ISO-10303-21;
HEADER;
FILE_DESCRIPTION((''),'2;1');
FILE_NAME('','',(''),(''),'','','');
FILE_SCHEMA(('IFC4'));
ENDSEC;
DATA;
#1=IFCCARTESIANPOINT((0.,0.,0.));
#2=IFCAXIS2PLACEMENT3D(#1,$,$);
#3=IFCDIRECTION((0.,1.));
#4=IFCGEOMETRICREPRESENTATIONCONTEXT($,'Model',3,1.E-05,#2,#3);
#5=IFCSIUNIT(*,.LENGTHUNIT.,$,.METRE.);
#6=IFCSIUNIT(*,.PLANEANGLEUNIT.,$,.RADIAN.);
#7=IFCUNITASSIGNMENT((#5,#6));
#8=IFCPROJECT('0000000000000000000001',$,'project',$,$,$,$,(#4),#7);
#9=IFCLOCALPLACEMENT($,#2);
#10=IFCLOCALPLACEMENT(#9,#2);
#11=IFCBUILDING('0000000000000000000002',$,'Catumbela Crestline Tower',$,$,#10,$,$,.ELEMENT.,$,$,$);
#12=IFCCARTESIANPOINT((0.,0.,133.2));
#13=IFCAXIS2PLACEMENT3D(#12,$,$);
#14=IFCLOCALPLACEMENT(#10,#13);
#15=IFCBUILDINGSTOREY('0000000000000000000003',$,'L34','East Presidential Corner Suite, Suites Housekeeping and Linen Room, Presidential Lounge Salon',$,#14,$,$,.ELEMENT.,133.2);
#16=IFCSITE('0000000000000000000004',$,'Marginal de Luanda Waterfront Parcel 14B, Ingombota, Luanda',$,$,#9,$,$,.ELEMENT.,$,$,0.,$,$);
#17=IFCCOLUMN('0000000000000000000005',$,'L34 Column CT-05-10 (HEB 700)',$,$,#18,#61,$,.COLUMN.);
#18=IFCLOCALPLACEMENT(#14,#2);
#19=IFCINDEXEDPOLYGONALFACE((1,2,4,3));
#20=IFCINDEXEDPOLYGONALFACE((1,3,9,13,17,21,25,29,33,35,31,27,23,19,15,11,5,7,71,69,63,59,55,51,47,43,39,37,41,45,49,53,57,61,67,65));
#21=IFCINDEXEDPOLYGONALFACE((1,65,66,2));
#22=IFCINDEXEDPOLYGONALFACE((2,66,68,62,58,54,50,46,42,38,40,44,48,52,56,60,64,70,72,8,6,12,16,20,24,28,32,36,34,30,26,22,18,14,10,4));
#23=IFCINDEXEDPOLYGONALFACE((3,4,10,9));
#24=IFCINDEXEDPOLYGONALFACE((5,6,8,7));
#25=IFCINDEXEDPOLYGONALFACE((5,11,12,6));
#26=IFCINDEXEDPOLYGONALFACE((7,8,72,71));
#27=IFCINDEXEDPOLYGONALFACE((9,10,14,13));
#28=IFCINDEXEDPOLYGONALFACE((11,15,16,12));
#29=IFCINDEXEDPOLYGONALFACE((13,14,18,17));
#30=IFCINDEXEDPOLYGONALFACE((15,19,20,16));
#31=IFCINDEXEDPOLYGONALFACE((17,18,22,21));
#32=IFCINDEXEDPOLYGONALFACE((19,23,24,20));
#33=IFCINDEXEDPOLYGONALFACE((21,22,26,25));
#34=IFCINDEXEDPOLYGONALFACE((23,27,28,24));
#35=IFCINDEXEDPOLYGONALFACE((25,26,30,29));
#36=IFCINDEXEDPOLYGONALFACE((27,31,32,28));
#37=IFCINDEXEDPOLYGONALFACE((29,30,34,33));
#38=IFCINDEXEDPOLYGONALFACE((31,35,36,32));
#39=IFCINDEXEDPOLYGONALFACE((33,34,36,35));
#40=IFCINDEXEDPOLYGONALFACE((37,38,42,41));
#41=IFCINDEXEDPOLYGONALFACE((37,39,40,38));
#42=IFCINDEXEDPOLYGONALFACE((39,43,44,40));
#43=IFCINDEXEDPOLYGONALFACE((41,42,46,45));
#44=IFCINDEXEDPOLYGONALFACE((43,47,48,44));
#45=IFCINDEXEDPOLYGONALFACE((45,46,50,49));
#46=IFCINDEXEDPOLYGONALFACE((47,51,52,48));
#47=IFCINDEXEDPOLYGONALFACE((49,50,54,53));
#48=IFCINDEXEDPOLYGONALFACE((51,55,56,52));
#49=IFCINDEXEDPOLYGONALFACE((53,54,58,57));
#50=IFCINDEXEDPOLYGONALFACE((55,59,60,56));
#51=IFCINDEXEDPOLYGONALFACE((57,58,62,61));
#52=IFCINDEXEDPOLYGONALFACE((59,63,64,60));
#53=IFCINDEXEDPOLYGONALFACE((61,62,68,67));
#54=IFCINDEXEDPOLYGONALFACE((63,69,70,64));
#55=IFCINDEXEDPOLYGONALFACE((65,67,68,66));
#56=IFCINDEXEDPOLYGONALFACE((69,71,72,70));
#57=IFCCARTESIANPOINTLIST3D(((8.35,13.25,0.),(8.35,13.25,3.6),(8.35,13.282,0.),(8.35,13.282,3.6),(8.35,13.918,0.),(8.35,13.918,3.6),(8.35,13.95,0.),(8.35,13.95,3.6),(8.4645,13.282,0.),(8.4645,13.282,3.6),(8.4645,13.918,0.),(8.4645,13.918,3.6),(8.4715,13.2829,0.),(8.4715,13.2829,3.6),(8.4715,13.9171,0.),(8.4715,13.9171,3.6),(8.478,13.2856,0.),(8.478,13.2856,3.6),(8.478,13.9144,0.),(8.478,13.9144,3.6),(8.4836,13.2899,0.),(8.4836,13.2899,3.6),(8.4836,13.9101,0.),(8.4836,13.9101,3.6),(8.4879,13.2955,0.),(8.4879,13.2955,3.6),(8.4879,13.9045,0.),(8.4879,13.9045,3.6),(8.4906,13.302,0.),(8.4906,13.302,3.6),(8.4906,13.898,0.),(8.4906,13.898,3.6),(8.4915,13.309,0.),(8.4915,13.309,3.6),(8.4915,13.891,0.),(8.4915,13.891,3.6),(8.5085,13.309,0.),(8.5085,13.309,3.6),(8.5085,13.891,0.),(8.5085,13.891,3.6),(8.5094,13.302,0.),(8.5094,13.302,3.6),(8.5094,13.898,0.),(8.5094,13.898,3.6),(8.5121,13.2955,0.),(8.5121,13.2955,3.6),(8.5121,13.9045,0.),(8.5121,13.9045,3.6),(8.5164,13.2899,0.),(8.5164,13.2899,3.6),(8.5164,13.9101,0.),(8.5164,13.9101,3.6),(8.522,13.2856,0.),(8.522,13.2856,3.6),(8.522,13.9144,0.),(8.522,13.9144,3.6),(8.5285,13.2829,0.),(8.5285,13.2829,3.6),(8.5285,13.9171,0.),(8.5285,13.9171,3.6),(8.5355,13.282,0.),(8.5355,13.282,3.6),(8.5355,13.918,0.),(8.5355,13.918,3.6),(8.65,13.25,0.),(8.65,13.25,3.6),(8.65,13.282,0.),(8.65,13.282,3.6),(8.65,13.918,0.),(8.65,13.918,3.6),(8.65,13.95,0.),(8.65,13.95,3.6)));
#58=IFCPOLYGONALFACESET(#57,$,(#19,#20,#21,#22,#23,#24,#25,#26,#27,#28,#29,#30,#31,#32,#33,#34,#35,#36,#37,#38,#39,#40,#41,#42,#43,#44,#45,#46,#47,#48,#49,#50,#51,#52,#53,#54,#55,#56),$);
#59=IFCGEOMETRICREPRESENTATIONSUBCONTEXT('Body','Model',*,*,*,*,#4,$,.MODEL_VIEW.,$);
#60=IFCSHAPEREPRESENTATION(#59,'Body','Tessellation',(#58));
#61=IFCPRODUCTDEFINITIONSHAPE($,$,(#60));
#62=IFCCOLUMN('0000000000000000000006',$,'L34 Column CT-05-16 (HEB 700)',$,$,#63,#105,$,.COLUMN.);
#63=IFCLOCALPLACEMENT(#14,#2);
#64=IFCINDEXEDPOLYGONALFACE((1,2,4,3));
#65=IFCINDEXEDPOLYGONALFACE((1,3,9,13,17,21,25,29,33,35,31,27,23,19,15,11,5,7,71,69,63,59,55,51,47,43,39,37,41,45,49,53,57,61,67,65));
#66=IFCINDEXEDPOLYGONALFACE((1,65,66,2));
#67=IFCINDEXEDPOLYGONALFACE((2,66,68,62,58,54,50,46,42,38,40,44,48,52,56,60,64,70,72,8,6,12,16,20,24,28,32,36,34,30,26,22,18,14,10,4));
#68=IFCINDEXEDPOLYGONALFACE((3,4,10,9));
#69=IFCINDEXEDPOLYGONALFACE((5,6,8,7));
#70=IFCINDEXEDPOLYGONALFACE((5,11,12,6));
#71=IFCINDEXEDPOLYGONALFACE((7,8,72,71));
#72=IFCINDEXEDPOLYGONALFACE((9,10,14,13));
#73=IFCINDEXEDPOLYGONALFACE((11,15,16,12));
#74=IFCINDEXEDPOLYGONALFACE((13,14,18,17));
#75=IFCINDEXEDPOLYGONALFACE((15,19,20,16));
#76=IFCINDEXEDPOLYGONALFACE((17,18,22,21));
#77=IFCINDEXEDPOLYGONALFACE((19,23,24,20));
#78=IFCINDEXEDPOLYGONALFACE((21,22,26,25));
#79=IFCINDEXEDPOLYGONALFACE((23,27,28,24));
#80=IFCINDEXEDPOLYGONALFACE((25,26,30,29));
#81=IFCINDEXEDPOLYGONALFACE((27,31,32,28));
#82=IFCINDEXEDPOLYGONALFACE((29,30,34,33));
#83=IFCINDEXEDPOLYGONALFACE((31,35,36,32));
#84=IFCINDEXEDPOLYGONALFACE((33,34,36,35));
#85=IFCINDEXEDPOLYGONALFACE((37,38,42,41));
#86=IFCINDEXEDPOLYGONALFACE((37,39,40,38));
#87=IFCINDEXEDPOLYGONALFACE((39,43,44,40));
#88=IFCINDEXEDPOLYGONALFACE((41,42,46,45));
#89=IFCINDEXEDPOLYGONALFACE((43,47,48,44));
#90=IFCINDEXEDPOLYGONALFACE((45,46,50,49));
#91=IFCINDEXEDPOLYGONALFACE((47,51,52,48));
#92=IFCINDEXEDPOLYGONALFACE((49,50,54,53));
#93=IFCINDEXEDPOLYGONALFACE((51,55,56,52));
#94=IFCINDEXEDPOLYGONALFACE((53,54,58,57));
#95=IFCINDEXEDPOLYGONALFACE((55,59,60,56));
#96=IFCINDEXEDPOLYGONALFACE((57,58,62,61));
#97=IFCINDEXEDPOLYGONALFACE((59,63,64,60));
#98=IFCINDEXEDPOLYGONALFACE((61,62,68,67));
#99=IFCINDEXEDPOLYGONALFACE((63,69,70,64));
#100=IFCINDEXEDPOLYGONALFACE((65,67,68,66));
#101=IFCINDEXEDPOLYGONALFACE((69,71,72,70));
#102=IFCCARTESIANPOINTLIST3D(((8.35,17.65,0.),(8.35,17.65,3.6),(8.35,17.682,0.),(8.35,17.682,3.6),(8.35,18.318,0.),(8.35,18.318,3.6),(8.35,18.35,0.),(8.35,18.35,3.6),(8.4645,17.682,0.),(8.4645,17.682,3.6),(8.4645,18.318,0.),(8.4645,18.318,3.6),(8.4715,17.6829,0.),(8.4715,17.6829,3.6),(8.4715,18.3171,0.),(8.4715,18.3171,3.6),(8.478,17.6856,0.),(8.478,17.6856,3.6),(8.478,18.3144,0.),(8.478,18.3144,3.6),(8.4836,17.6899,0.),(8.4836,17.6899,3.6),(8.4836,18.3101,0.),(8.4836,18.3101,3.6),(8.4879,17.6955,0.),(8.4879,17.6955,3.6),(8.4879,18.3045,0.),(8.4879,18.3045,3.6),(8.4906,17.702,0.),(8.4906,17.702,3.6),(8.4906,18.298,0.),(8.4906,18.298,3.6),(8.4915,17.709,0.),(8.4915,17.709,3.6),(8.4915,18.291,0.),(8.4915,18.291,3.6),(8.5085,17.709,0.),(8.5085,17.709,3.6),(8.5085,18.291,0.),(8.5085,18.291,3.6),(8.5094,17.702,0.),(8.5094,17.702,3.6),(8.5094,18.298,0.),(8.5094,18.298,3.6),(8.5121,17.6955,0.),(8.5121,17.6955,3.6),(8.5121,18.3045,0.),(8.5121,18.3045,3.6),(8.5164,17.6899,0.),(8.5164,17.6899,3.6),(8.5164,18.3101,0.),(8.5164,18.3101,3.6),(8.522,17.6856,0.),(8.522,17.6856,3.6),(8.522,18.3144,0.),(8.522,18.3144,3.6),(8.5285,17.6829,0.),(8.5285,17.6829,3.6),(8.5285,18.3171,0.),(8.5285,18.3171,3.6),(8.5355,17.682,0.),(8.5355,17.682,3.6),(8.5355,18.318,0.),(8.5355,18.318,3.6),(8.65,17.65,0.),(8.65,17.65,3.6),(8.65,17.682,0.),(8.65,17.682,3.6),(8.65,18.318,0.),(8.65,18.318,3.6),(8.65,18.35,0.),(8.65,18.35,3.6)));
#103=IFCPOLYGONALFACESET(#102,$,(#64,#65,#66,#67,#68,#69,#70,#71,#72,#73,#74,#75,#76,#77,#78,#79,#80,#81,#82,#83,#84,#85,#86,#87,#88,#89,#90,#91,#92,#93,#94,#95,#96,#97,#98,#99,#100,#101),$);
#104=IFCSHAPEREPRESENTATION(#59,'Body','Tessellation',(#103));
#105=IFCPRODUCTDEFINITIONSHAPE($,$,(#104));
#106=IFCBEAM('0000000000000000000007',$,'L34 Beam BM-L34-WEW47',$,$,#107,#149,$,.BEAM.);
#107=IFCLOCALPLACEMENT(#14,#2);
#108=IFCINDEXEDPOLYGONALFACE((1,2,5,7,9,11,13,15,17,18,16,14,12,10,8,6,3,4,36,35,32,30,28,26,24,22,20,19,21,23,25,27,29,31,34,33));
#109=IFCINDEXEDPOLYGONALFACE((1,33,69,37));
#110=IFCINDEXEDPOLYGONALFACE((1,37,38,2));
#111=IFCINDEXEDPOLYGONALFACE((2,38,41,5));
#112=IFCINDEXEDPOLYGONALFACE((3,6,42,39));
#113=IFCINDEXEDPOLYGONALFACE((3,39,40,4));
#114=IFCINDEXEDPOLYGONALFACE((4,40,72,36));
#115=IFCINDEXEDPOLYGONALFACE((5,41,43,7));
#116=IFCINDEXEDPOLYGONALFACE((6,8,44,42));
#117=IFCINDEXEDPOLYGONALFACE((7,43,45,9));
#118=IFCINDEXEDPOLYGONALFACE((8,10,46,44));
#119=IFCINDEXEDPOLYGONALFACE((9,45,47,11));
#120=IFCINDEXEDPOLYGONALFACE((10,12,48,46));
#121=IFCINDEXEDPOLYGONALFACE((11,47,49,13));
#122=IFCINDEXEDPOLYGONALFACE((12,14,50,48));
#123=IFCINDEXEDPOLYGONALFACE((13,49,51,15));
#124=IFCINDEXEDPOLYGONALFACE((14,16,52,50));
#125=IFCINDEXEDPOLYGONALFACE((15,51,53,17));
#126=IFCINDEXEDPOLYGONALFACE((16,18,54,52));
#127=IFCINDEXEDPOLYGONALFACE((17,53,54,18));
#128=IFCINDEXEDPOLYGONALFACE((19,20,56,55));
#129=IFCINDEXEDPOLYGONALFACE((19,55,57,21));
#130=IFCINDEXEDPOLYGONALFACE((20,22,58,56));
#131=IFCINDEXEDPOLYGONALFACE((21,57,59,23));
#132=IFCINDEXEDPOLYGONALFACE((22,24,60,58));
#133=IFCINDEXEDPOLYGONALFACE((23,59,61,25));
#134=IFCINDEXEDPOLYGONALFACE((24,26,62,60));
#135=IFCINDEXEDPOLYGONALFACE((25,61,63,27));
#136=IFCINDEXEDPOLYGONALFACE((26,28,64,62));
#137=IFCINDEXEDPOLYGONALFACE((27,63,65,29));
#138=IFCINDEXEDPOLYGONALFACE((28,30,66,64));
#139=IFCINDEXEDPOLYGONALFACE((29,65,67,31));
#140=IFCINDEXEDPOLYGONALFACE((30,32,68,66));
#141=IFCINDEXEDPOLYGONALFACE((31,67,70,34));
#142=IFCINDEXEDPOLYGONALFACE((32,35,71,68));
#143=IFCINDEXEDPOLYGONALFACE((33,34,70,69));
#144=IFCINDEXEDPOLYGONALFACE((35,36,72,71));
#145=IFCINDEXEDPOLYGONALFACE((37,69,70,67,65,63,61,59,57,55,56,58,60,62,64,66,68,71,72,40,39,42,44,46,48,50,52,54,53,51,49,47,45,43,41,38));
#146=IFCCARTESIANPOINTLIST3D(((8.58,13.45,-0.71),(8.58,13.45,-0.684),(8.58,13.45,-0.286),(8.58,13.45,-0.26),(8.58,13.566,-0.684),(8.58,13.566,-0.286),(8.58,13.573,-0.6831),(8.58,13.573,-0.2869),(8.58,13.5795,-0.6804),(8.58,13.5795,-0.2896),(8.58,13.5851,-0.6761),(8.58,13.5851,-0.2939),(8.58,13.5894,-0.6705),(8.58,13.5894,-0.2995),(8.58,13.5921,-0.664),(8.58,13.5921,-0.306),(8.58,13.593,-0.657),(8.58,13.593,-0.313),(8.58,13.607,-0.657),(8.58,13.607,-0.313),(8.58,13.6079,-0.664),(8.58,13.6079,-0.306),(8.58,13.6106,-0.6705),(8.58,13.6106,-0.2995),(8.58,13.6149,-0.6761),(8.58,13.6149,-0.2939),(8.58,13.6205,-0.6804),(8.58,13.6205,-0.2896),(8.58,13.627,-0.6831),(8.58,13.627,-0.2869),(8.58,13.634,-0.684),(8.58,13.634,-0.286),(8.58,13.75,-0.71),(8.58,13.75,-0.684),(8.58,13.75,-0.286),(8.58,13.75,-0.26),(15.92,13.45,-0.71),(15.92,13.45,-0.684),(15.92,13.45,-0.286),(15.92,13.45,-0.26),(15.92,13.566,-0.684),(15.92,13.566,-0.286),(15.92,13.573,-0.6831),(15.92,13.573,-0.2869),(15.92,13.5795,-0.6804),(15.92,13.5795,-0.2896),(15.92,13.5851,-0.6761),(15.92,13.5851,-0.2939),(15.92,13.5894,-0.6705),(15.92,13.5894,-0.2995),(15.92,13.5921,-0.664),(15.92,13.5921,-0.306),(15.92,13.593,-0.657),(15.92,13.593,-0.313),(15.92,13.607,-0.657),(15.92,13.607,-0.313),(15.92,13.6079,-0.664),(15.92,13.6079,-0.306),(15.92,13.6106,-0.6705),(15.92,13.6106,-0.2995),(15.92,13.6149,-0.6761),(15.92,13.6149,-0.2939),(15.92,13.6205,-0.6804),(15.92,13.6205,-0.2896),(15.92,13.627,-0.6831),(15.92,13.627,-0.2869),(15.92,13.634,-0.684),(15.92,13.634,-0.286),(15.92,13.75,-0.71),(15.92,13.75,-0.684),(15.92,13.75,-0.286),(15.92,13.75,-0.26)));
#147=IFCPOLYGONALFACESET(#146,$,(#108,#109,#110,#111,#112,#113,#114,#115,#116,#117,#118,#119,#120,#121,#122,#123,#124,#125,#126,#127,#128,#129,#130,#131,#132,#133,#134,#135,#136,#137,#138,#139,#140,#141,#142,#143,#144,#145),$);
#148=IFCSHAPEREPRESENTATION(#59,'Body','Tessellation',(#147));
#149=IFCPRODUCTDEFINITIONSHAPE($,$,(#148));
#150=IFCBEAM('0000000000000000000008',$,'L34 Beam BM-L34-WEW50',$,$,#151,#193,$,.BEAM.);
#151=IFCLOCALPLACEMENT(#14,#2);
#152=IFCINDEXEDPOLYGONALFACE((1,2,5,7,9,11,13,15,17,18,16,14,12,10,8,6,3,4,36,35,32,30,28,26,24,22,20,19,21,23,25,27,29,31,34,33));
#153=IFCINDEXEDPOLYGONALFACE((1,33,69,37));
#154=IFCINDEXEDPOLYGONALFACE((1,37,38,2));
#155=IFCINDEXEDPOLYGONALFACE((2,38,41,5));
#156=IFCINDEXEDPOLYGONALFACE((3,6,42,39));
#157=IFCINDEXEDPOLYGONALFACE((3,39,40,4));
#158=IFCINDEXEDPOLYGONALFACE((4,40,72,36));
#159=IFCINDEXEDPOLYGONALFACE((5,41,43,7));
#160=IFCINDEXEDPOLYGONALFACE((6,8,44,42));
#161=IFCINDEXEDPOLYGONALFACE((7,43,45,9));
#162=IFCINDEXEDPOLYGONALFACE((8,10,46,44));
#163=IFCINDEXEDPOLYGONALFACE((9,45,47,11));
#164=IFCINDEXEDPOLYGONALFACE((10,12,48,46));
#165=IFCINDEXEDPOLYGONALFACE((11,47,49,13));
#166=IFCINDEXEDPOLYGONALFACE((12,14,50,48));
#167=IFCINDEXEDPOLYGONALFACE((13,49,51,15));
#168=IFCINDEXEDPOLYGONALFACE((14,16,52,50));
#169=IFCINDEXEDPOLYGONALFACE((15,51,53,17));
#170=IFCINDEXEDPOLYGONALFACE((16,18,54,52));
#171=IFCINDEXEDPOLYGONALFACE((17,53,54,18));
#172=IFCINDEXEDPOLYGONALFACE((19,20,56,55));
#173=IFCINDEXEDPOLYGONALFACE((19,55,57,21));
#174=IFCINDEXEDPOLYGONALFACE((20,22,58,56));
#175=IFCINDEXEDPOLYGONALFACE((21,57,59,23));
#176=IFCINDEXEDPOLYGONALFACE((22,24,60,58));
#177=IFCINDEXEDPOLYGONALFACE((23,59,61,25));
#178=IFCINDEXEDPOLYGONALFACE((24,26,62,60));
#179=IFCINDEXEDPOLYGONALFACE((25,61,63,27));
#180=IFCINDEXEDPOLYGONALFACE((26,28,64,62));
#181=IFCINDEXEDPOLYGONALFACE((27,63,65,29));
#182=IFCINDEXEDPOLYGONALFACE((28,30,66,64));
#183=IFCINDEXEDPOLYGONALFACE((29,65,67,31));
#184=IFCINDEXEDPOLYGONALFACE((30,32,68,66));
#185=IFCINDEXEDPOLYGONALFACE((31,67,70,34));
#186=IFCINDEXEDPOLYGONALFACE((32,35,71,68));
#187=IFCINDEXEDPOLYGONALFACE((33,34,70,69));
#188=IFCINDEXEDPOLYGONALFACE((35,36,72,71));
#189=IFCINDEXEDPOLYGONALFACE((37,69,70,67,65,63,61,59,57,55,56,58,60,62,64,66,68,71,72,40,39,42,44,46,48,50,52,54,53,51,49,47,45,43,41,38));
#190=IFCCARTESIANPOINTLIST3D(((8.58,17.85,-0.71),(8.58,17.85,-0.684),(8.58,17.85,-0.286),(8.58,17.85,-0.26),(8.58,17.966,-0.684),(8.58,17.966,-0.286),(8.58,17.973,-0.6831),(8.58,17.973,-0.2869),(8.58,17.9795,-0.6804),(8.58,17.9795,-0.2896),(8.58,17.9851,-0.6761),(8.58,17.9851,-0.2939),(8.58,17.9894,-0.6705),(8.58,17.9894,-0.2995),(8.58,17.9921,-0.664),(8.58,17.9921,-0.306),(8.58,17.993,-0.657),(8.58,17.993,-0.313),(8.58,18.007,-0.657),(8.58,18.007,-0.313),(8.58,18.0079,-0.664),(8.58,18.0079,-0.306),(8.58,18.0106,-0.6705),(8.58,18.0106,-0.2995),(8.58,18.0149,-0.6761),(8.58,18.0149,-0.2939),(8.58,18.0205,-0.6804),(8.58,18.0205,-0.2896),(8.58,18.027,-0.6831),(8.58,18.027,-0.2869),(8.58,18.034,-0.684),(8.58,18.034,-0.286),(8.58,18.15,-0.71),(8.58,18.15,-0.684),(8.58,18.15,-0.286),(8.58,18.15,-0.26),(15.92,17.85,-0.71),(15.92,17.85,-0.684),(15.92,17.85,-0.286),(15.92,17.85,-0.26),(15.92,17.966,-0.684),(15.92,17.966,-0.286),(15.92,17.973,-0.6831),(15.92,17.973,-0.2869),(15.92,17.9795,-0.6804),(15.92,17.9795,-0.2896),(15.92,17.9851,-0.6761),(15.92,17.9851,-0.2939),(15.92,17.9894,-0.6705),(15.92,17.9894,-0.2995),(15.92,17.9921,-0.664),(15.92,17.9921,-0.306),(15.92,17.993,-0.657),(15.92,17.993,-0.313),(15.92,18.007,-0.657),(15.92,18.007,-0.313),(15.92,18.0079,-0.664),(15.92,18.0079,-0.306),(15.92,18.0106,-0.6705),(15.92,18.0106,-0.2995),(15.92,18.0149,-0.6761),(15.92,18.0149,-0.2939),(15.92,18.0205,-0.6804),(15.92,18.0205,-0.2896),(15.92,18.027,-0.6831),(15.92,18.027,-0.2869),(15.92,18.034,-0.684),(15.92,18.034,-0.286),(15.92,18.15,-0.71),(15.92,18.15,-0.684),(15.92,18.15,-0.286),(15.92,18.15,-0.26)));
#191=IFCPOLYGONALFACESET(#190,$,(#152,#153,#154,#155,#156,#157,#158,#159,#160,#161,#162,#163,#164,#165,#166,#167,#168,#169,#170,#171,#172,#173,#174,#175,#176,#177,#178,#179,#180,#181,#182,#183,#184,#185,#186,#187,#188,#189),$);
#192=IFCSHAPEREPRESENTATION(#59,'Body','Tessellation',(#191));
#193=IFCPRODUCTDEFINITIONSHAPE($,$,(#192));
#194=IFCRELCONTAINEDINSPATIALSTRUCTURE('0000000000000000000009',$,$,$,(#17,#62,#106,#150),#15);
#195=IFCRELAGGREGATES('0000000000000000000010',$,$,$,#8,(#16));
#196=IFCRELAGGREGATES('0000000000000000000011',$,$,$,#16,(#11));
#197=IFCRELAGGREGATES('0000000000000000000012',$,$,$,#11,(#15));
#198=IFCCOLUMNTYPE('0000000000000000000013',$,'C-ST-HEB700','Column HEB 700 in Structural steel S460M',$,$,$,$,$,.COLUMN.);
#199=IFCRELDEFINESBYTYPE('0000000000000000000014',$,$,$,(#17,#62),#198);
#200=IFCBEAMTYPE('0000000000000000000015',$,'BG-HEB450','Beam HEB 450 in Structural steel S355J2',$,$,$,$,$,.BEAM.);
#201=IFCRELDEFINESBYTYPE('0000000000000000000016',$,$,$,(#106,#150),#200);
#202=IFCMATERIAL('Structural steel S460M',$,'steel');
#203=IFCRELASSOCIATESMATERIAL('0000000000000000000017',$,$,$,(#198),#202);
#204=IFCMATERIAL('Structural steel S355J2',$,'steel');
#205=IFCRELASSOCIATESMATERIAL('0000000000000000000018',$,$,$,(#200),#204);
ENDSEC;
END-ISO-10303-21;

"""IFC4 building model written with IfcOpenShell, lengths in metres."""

from ifc_helpers import new_model, si_unit, direction, frame, origin, origin_2d, place, context, subcontext, project, spatial, i_section, extrude, material, material_profile, profile_set, type_object, element, save


model = new_model("IFC4")

# Units and contexts
model_context = context("Model", 3, precision=1e-05, world=origin(), true_north=direction((0.0, 1.0)))
body_context = subcontext(model_context, "Body", "Model", "MODEL_VIEW")
ifc_project = project(units=[si_unit("LENGTHUNIT", "METRE"), si_unit("PLANEANGLEUNIT", "RADIAN")], contexts=[model_context])

# Site, building, storey
site_placement = place(None, origin())
site = spatial("IfcSite", under=ifc_project, at=site_placement, Name="Marginal de Luanda Waterfront Parcel 14B, Ingombota, Luanda", CompositionType="ELEMENT", RefElevation=0.0)
building_placement = place(site_placement, origin())
building = spatial("IfcBuilding", under=site, at=building_placement, Name="Catumbela Crestline Tower", CompositionType="ELEMENT")
storey_placement = place(building_placement, frame((0.0, 0.0, 133.2)))
storey = spatial("IfcBuildingStorey", under=building, at=storey_placement, Name="L34", Description="East Presidential Corner Suite, Suites Housekeeping and Linen Room, Presidential Lounge Salon", CompositionType="ELEMENT", Elevation=133.2)

# Columns
ifc_material_1 = material(Name="Structural steel S460M", Category="steel")
ifc_material_profile_1 = material_profile(ifc_material_1, i_section(OverallWidth=0.3, OverallDepth=0.7, WebThickness=0.017, FlangeThickness=0.032, FilletRadius=0.027, at=origin_2d()), Name="HEB 700")
ifc_profile_set_1 = profile_set([ifc_material_profile_1], Name="Structural steel S460M")
column_type = type_object("IfcColumnType", Name="C-ST-HEB700", Description="Column HEB 700 in Structural steel S460M", PredefinedType="COLUMN", material=ifc_profile_set_1)
for number, where, z_axis, x_axis, name in (
    (1, (8.5, 13.6, 0.0), (0.0, 0.0, 1.0), (1.0, 0.0, 0.0), "L34 Column CT-05-10 (HEB 700)"),
    (2, (8.5, 18.0, 0.0), (0.0, 0.0, 1.0), (1.0, 0.0, 0.0), "L34 Column CT-05-16 (HEB 700)"),
):
    element("IfcColumn", number, at=place(storey_placement, frame(where, z_axis=z_axis, x_axis=x_axis)), inside=storey, type_object=column_type, Name=name, PredefinedType="COLUMN", context=body_context, shape_type="SweptSolid", body=[
        extrude(i_section(OverallWidth=0.3, OverallDepth=0.7, WebThickness=0.017, FlangeThickness=0.032, FilletRadius=0.027, at=origin_2d()), origin(), (0.0, 0.0, 1.0), 3.6),
    ])

# Beams
ifc_material_2 = material(Name="Structural steel S355J2", Category="steel")
ifc_material_profile_2 = material_profile(ifc_material_2, i_section(OverallWidth=0.3, OverallDepth=0.45, WebThickness=0.014, FlangeThickness=0.026, FilletRadius=0.027, at=origin_2d()), Name="HEB 450")
ifc_profile_set_2 = profile_set([ifc_material_profile_2], Name="Structural steel S355J2")
beam_type_1 = type_object("IfcBeamType", Name="BG-HEB450", Description="Beam HEB 450 in Structural steel S355J2", PredefinedType="BEAM", material=ifc_profile_set_2)
for number, where, z_axis, x_axis, name in (
    (3, (8.58, 13.6, -0.485), (1.0, 0.0, 0.0), (0.0, 1.0, 0.0), "L34 Beam BM-L34-WEW47"),
    (4, (8.58, 18.0, -0.485), (1.0, 0.0, 0.0), (0.0, 1.0, 0.0), "L34 Beam BM-L34-WEW50"),
):
    element("IfcBeam", number, at=place(storey_placement, frame(where, z_axis=z_axis, x_axis=x_axis)), inside=storey, type_object=beam_type_1, Name=name, PredefinedType="BEAM", context=body_context, shape_type="SweptSolid", body=[
        extrude(i_section(OverallWidth=0.3, OverallDepth=0.45, WebThickness=0.014, FlangeThickness=0.026, FilletRadius=0.027, at=origin_2d()), origin(), (0.0, 0.0, 1.0), 7.34),
    ])

save(model, "model.ifc")
